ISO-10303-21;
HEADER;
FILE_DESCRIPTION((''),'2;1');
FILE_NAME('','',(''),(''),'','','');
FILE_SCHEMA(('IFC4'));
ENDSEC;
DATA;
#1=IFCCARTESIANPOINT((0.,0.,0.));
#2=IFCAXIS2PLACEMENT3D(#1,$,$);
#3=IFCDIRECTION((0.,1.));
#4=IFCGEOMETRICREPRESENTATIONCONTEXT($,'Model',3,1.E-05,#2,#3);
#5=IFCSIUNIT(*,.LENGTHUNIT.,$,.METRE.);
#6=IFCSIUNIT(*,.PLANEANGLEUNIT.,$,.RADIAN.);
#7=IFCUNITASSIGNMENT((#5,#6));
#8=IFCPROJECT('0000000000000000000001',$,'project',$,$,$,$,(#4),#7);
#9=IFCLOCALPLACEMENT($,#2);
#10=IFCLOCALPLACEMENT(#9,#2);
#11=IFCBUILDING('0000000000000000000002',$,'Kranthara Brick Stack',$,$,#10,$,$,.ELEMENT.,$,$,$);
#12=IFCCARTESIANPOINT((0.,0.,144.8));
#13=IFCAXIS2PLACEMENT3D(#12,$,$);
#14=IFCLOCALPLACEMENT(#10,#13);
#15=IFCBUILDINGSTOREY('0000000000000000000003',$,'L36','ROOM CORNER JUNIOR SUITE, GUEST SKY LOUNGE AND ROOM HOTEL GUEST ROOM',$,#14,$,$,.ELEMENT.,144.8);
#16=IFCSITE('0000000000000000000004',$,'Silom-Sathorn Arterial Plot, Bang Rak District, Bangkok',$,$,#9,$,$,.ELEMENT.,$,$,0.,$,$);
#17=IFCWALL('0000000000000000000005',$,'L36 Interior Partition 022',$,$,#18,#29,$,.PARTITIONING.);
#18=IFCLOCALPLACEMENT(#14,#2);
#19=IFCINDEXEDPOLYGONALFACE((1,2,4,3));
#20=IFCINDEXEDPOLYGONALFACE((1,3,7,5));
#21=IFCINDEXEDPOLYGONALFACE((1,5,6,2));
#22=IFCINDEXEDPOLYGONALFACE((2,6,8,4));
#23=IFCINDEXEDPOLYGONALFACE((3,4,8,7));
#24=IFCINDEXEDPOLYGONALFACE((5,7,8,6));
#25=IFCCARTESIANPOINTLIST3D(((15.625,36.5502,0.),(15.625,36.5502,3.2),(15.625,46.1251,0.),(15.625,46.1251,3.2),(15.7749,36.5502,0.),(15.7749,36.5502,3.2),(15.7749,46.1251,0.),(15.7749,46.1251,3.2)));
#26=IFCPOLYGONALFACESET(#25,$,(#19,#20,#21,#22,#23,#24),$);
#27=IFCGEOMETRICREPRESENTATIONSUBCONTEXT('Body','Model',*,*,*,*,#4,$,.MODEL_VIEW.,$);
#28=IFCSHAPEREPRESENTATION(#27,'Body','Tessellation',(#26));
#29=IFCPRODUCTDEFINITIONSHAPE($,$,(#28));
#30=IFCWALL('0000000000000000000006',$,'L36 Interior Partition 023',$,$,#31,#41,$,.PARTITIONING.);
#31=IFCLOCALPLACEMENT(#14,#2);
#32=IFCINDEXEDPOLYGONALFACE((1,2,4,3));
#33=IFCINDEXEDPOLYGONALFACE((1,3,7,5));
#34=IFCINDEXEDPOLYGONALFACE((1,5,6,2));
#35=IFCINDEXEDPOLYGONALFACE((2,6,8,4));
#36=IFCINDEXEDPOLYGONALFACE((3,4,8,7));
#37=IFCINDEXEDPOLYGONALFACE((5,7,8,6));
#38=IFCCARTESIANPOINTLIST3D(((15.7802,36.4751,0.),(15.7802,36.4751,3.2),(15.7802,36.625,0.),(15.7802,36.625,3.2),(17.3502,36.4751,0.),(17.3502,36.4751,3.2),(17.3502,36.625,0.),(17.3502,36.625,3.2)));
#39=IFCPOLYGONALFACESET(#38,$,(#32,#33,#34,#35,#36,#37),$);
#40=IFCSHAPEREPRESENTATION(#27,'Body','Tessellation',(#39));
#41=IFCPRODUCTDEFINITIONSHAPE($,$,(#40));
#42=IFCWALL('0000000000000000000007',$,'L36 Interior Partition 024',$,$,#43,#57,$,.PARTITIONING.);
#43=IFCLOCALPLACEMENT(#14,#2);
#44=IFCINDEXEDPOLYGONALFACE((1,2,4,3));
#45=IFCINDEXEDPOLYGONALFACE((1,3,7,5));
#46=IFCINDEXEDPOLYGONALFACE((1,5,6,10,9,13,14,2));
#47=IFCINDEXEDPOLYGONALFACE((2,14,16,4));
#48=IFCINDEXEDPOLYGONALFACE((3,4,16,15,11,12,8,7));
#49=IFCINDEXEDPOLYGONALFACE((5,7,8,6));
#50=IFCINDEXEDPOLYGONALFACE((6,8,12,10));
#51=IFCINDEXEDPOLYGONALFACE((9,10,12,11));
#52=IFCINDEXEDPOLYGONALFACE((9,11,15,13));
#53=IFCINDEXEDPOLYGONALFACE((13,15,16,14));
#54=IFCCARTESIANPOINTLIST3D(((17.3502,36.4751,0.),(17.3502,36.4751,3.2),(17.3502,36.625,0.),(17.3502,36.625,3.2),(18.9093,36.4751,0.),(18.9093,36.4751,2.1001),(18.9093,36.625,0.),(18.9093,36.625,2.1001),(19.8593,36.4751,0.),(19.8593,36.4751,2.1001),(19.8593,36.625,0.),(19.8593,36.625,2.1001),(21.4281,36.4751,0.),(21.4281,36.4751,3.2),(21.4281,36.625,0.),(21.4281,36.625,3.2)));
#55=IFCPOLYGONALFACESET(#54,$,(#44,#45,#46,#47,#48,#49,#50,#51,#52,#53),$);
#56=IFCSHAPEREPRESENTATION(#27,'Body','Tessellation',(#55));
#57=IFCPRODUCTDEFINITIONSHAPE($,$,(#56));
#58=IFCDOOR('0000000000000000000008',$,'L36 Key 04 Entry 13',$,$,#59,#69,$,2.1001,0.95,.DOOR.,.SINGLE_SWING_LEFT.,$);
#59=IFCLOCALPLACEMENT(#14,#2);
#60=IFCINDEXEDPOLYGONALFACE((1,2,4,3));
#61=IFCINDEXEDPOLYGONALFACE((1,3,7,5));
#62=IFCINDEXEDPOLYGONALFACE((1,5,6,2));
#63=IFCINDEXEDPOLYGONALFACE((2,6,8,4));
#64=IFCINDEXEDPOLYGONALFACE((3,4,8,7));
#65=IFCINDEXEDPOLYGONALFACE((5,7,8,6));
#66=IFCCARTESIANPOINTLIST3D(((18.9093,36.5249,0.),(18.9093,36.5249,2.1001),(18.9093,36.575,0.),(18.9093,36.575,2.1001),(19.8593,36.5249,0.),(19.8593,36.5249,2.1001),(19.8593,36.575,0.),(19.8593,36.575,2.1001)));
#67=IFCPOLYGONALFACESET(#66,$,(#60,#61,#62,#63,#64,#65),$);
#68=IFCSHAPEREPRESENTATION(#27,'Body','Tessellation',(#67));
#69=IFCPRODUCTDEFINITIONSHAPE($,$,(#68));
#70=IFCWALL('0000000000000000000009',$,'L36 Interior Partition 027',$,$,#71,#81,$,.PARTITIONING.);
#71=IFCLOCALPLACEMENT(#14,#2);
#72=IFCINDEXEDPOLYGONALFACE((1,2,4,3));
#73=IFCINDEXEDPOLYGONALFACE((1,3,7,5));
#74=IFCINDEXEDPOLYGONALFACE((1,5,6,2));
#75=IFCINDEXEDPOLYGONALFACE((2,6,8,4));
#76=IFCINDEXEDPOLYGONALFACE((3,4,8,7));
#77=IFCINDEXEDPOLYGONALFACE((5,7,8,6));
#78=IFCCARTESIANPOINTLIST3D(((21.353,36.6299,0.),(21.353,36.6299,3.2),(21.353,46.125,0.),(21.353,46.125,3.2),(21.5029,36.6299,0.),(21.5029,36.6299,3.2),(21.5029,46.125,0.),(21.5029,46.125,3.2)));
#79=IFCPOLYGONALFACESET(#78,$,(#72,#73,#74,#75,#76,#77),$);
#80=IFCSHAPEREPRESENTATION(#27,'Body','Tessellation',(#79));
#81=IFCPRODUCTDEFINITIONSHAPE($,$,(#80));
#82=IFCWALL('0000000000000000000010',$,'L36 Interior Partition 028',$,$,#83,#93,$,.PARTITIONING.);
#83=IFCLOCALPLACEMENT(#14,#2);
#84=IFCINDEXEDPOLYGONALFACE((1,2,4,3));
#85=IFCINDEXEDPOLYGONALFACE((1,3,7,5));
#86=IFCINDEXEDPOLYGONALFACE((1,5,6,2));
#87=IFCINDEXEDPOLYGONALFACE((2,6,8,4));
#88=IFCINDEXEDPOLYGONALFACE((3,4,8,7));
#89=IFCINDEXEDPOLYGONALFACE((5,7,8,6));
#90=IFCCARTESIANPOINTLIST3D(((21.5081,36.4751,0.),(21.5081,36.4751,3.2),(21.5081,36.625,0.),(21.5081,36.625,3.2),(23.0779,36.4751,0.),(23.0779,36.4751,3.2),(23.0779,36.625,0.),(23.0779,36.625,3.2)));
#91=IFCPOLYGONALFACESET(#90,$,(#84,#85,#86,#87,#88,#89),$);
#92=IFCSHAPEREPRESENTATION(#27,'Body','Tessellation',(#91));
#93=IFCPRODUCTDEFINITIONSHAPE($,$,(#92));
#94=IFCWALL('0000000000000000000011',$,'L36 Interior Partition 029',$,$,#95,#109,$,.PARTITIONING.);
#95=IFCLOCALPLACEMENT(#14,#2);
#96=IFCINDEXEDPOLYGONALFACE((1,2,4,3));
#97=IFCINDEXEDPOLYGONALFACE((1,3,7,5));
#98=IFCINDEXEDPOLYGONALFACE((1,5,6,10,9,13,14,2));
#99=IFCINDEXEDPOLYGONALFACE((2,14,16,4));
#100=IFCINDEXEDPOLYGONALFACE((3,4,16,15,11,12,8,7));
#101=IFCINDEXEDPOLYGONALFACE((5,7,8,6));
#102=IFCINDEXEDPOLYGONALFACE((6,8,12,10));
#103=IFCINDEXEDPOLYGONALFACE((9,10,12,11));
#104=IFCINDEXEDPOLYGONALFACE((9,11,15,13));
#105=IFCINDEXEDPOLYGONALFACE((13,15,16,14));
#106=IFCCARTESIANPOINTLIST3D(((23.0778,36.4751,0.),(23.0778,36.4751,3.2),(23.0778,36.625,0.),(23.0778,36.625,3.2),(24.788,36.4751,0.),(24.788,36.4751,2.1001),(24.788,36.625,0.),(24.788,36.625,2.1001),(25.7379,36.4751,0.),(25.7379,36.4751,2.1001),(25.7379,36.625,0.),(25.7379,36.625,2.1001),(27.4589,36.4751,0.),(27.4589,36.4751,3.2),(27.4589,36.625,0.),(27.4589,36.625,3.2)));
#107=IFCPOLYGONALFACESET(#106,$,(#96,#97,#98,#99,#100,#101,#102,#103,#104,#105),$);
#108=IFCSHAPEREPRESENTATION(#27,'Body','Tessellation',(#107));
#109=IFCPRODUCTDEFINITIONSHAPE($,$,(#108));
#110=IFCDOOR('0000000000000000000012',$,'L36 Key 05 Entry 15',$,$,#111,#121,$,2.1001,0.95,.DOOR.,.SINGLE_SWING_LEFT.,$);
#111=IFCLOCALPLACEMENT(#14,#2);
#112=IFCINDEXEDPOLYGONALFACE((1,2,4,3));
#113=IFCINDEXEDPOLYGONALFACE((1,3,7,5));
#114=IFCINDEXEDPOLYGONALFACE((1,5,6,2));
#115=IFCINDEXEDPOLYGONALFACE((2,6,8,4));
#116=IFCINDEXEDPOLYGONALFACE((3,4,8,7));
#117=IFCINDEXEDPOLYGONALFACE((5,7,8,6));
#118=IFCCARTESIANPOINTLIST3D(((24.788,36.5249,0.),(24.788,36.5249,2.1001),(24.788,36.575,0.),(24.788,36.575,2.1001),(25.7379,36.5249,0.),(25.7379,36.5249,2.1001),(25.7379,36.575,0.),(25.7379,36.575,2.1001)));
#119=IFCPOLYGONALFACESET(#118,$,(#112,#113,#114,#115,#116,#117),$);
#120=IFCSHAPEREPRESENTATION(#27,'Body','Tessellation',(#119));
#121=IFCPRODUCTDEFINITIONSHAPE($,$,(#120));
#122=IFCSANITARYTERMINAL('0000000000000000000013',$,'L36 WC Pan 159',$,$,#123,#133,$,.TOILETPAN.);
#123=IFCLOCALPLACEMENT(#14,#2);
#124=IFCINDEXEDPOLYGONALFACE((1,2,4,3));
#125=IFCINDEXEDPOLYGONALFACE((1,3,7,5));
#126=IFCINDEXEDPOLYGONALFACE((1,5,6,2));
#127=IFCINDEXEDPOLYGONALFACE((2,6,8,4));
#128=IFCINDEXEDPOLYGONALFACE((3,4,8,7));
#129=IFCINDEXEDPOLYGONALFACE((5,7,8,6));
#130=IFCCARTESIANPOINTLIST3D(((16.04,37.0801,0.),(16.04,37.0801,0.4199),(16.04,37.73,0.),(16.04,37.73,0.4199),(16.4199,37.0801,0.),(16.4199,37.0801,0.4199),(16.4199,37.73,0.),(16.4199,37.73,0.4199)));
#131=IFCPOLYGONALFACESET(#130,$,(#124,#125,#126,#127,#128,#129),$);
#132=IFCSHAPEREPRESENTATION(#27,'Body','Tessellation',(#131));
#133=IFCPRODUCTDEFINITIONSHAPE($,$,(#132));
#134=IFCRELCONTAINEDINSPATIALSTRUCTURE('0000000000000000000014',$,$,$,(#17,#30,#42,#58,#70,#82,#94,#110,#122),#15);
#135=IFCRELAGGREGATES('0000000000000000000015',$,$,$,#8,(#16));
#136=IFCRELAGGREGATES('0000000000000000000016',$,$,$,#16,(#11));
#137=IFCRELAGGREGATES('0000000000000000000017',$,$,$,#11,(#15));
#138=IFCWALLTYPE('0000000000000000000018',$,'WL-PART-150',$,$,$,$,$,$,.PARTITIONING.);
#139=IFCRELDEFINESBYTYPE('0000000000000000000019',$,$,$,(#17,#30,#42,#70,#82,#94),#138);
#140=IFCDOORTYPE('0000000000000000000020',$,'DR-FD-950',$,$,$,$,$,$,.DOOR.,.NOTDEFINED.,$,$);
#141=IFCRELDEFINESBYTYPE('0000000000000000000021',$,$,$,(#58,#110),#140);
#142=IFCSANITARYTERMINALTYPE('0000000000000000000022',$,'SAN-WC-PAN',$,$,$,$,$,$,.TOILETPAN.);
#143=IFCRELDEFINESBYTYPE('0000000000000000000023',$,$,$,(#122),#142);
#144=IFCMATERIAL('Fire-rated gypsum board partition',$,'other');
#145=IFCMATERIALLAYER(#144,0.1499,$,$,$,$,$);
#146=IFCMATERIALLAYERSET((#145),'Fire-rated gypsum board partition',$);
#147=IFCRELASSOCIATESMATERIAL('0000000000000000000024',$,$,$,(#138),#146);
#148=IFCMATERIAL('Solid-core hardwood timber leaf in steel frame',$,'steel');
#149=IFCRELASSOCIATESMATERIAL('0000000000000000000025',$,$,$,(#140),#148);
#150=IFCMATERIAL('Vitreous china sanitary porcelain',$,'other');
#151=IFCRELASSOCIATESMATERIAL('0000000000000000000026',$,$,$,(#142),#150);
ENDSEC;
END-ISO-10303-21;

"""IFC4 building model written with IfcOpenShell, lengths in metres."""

from ifc_helpers import new_model, si_unit, direction, frame, frame_2d, origin, origin_2d, place, context, subcontext, project, spatial, rectangle, extrude, material, layer, layer_set, type_object, element, fill, save


model = new_model("IFC4")

# Units and contexts
model_context = context("Model", 3, precision=1e-05, world=origin(), true_north=direction((0.0, 1.0)))
body_context = subcontext(model_context, "Body", "Model", "MODEL_VIEW")
ifc_project = project(units=[si_unit("LENGTHUNIT", "METRE"), si_unit("PLANEANGLEUNIT", "RADIAN")], contexts=[model_context])

# Site, building, storey
site_placement = place(None, origin())
site = spatial("IfcSite", under=ifc_project, at=site_placement, Name="Silom-Sathorn Arterial Plot, Bang Rak District, Bangkok", CompositionType="ELEMENT", RefElevation=0.0)
building_placement = place(site_placement, origin())
building = spatial("IfcBuilding", under=site, at=building_placement, Name="Kranthara Brick Stack", CompositionType="ELEMENT")
storey_placement = place(building_placement, frame((0.0, 0.0, 144.8)))
storey = spatial("IfcBuildingStorey", under=building, at=storey_placement, Name="L36", Description="ROOM CORNER JUNIOR SUITE, GUEST SKY LOUNGE AND ROOM HOTEL GUEST ROOM", CompositionType="ELEMENT", Elevation=144.8)

# Walls
ifc_material_1 = material(Name="Fire-rated gypsum board partition", Category="other")
ifc_layer_1 = layer(ifc_material_1, 0.1499)
ifc_layer_set_1 = layer_set([ifc_layer_1], Name="Fire-rated gypsum board partition")
wall_type_1 = type_object("IfcWallType", Name="WL-PART-150", PredefinedType="PARTITIONING", material=ifc_layer_set_1)
wall_1_placement = place(storey_placement, frame((15.7, 36.55, 0.0), z_axis=(0.0, 0.0, 1.0), x_axis=(0.0, 1.0, 0.0)))
element("IfcWall", 1, at=wall_1_placement, inside=storey, type_object=wall_type_1, Name="L36 Interior Partition 022", PredefinedType="PARTITIONING", context=body_context, shape_type="SweptSolid", body=[
    extrude(rectangle(XDim=9.575, YDim=0.1499, at=frame_2d((4.7876, 0.0))), origin(), (0.0, 0.0, 1.0), 3.2),
])
wall_2_placement = place(storey_placement, frame((15.78, 36.55, 0.0), z_axis=(0.0, 0.0, 1.0), x_axis=(1.0, 0.0, 0.0)))
element("IfcWall", 2, at=wall_2_placement, inside=storey, type_object=wall_type_1, Name="L36 Interior Partition 023", PredefinedType="PARTITIONING", context=body_context, shape_type="SweptSolid", body=[
    extrude(rectangle(XDim=1.5701, YDim=0.1499, at=frame_2d((0.7852, 0.0))), origin(), (0.0, 0.0, 1.0), 3.2),
])

# Wall, opening, door
wall_3_placement = place(storey_placement, frame((17.3501, 36.55, 0.0), z_axis=(0.0, 0.0, 1.0), x_axis=(1.0, 0.0, 0.0)))
wall_3 = element("IfcWall", 3, at=wall_3_placement, inside=storey, type_object=wall_type_1, Name="L36 Interior Partition 024", PredefinedType="PARTITIONING", context=body_context, shape_type="SweptSolid", body=[
    extrude(rectangle(XDim=4.0779, YDim=0.1499, at=frame_2d((2.0391, 0.0))), origin(), (0.0, 0.0, 1.0), 3.2),
])
opening_1_placement = place(wall_3_placement, frame((1.5591, 0.0, 0.0)))
opening_1 = element("IfcOpeningElement", 4, at=opening_1_placement, cuts=wall_3, PredefinedType="OPENING", context=body_context, shape_type="SweptSolid", body=[
    extrude(rectangle(XDim=0.95, YDim=2.1001, at=frame_2d((0.4751, 1.05))), frame((0.0, 0.085, 0.0), z_axis=(0.0, -1.0, 0.0), x_axis=(1.0, 0.0, 0.0)), (0.0, 0.0, 1.0), 0.1699),
])
ifc_material_2 = material(Name="Solid-core hardwood timber leaf in steel frame", Category="steel")
door_type_1 = type_object("IfcDoorType", Name="DR-FD-950", OperationType="NOTDEFINED", PredefinedType="DOOR", material=ifc_material_2)
door_1_placement = place(opening_1_placement, origin())
door_1 = element("IfcDoor", 5, at=door_1_placement, inside=storey, type_object=door_type_1, Name="L36 Key 04 Entry 13", OperationType="SINGLE_SWING_LEFT", OverallHeight=2.1001, OverallWidth=0.95, PredefinedType="DOOR", context=body_context, shape_type="SweptSolid", body=[
    extrude(rectangle(XDim=0.95, YDim=2.1001, at=frame_2d((0.4751, 1.05))), frame((0.0, 0.0249, 0.0), z_axis=(0.0, -1.0, 0.0), x_axis=(1.0, 0.0, 0.0)), (0.0, 0.0, 1.0), 0.05),
])
fill(opening_1, door_1)

# Walls
wall_4_placement = place(storey_placement, frame((21.428, 36.6299, 0.0), z_axis=(0.0, 0.0, 1.0), x_axis=(0.0, 1.0, 0.0)))
element("IfcWall", 6, at=wall_4_placement, inside=storey, type_object=wall_type_1, Name="L36 Interior Partition 027", PredefinedType="PARTITIONING", context=body_context, shape_type="SweptSolid", body=[
    extrude(rectangle(XDim=9.4951, YDim=0.1499, at=frame_2d((4.7476, 0.0))), origin(), (0.0, 0.0, 1.0), 3.2),
])
wall_5_placement = place(storey_placement, frame((21.5081, 36.55, 0.0), z_axis=(0.0, 0.0, 1.0), x_axis=(1.0, 0.0, 0.0)))
element("IfcWall", 7, at=wall_5_placement, inside=storey, type_object=wall_type_1, Name="L36 Interior Partition 028", PredefinedType="PARTITIONING", context=body_context, shape_type="SweptSolid", body=[
    extrude(rectangle(XDim=1.5698, YDim=0.1499, at=frame_2d((0.7849, 0.0))), origin(), (0.0, 0.0, 1.0), 3.2),
])

# Wall, opening, door
wall_6_placement = place(storey_placement, frame((23.0779, 36.55, 0.0), z_axis=(0.0, 0.0, 1.0), x_axis=(1.0, 0.0, 0.0)))
wall_6 = element("IfcWall", 8, at=wall_6_placement, inside=storey, type_object=wall_type_1, Name="L36 Interior Partition 029", PredefinedType="PARTITIONING", context=body_context, shape_type="SweptSolid", body=[
    extrude(rectangle(XDim=4.3811, YDim=0.1499, at=frame_2d((2.1904, 0.0))), origin(), (0.0, 0.0, 1.0), 3.2),
])
opening_2_placement = place(wall_6_placement, frame((1.71, 0.0, 0.0)))
opening_2 = element("IfcOpeningElement", 9, at=opening_2_placement, cuts=wall_6, PredefinedType="OPENING", context=body_context, shape_type="SweptSolid", body=[
    extrude(rectangle(XDim=0.95, YDim=2.1001, at=frame_2d((0.4751, 1.05))), frame((0.0, 0.085, 0.0), z_axis=(0.0, -1.0, 0.0), x_axis=(1.0, 0.0, 0.0)), (0.0, 0.0, 1.0), 0.1699),
])
door_2_placement = place(opening_2_placement, origin())
door_2 = element("IfcDoor", 10, at=door_2_placement, inside=storey, type_object=door_type_1, Name="L36 Key 05 Entry 15", OperationType="SINGLE_SWING_LEFT", OverallHeight=2.1001, OverallWidth=0.95, PredefinedType="DOOR", context=body_context, shape_type="SweptSolid", body=[
    extrude(rectangle(XDim=0.95, YDim=2.1001, at=frame_2d((0.4751, 1.05))), frame((0.0, 0.0249, 0.0), z_axis=(0.0, -1.0, 0.0), x_axis=(1.0, 0.0, 0.0)), (0.0, 0.0, 1.0), 0.05),
])
fill(opening_2, door_2)

# Sanitary terminal
ifc_material_3 = material(Name="Vitreous china sanitary porcelain", Category="other")
sanitary_terminal_type = type_object("IfcSanitaryTerminalType", Name="SAN-WC-PAN", PredefinedType="TOILETPAN", material=ifc_material_3)
sanitary_terminal_placement = place(storey_placement, frame((16.23, 37.405, 0.0), z_axis=(0.0, 0.0, 1.0), x_axis=(1.0, 0.0, 0.0)))
element("IfcSanitaryTerminal", 11, at=sanitary_terminal_placement, inside=storey, type_object=sanitary_terminal_type, Name="L36 WC Pan 159", PredefinedType="TOILETPAN", context=body_context, shape_type="SweptSolid", body=[
    extrude(rectangle(XDim=0.3799, YDim=0.6499, at=origin_2d()), origin(), (0.0, 0.0, 1.0), 0.4199),
])

save(model, "model.ifc")
